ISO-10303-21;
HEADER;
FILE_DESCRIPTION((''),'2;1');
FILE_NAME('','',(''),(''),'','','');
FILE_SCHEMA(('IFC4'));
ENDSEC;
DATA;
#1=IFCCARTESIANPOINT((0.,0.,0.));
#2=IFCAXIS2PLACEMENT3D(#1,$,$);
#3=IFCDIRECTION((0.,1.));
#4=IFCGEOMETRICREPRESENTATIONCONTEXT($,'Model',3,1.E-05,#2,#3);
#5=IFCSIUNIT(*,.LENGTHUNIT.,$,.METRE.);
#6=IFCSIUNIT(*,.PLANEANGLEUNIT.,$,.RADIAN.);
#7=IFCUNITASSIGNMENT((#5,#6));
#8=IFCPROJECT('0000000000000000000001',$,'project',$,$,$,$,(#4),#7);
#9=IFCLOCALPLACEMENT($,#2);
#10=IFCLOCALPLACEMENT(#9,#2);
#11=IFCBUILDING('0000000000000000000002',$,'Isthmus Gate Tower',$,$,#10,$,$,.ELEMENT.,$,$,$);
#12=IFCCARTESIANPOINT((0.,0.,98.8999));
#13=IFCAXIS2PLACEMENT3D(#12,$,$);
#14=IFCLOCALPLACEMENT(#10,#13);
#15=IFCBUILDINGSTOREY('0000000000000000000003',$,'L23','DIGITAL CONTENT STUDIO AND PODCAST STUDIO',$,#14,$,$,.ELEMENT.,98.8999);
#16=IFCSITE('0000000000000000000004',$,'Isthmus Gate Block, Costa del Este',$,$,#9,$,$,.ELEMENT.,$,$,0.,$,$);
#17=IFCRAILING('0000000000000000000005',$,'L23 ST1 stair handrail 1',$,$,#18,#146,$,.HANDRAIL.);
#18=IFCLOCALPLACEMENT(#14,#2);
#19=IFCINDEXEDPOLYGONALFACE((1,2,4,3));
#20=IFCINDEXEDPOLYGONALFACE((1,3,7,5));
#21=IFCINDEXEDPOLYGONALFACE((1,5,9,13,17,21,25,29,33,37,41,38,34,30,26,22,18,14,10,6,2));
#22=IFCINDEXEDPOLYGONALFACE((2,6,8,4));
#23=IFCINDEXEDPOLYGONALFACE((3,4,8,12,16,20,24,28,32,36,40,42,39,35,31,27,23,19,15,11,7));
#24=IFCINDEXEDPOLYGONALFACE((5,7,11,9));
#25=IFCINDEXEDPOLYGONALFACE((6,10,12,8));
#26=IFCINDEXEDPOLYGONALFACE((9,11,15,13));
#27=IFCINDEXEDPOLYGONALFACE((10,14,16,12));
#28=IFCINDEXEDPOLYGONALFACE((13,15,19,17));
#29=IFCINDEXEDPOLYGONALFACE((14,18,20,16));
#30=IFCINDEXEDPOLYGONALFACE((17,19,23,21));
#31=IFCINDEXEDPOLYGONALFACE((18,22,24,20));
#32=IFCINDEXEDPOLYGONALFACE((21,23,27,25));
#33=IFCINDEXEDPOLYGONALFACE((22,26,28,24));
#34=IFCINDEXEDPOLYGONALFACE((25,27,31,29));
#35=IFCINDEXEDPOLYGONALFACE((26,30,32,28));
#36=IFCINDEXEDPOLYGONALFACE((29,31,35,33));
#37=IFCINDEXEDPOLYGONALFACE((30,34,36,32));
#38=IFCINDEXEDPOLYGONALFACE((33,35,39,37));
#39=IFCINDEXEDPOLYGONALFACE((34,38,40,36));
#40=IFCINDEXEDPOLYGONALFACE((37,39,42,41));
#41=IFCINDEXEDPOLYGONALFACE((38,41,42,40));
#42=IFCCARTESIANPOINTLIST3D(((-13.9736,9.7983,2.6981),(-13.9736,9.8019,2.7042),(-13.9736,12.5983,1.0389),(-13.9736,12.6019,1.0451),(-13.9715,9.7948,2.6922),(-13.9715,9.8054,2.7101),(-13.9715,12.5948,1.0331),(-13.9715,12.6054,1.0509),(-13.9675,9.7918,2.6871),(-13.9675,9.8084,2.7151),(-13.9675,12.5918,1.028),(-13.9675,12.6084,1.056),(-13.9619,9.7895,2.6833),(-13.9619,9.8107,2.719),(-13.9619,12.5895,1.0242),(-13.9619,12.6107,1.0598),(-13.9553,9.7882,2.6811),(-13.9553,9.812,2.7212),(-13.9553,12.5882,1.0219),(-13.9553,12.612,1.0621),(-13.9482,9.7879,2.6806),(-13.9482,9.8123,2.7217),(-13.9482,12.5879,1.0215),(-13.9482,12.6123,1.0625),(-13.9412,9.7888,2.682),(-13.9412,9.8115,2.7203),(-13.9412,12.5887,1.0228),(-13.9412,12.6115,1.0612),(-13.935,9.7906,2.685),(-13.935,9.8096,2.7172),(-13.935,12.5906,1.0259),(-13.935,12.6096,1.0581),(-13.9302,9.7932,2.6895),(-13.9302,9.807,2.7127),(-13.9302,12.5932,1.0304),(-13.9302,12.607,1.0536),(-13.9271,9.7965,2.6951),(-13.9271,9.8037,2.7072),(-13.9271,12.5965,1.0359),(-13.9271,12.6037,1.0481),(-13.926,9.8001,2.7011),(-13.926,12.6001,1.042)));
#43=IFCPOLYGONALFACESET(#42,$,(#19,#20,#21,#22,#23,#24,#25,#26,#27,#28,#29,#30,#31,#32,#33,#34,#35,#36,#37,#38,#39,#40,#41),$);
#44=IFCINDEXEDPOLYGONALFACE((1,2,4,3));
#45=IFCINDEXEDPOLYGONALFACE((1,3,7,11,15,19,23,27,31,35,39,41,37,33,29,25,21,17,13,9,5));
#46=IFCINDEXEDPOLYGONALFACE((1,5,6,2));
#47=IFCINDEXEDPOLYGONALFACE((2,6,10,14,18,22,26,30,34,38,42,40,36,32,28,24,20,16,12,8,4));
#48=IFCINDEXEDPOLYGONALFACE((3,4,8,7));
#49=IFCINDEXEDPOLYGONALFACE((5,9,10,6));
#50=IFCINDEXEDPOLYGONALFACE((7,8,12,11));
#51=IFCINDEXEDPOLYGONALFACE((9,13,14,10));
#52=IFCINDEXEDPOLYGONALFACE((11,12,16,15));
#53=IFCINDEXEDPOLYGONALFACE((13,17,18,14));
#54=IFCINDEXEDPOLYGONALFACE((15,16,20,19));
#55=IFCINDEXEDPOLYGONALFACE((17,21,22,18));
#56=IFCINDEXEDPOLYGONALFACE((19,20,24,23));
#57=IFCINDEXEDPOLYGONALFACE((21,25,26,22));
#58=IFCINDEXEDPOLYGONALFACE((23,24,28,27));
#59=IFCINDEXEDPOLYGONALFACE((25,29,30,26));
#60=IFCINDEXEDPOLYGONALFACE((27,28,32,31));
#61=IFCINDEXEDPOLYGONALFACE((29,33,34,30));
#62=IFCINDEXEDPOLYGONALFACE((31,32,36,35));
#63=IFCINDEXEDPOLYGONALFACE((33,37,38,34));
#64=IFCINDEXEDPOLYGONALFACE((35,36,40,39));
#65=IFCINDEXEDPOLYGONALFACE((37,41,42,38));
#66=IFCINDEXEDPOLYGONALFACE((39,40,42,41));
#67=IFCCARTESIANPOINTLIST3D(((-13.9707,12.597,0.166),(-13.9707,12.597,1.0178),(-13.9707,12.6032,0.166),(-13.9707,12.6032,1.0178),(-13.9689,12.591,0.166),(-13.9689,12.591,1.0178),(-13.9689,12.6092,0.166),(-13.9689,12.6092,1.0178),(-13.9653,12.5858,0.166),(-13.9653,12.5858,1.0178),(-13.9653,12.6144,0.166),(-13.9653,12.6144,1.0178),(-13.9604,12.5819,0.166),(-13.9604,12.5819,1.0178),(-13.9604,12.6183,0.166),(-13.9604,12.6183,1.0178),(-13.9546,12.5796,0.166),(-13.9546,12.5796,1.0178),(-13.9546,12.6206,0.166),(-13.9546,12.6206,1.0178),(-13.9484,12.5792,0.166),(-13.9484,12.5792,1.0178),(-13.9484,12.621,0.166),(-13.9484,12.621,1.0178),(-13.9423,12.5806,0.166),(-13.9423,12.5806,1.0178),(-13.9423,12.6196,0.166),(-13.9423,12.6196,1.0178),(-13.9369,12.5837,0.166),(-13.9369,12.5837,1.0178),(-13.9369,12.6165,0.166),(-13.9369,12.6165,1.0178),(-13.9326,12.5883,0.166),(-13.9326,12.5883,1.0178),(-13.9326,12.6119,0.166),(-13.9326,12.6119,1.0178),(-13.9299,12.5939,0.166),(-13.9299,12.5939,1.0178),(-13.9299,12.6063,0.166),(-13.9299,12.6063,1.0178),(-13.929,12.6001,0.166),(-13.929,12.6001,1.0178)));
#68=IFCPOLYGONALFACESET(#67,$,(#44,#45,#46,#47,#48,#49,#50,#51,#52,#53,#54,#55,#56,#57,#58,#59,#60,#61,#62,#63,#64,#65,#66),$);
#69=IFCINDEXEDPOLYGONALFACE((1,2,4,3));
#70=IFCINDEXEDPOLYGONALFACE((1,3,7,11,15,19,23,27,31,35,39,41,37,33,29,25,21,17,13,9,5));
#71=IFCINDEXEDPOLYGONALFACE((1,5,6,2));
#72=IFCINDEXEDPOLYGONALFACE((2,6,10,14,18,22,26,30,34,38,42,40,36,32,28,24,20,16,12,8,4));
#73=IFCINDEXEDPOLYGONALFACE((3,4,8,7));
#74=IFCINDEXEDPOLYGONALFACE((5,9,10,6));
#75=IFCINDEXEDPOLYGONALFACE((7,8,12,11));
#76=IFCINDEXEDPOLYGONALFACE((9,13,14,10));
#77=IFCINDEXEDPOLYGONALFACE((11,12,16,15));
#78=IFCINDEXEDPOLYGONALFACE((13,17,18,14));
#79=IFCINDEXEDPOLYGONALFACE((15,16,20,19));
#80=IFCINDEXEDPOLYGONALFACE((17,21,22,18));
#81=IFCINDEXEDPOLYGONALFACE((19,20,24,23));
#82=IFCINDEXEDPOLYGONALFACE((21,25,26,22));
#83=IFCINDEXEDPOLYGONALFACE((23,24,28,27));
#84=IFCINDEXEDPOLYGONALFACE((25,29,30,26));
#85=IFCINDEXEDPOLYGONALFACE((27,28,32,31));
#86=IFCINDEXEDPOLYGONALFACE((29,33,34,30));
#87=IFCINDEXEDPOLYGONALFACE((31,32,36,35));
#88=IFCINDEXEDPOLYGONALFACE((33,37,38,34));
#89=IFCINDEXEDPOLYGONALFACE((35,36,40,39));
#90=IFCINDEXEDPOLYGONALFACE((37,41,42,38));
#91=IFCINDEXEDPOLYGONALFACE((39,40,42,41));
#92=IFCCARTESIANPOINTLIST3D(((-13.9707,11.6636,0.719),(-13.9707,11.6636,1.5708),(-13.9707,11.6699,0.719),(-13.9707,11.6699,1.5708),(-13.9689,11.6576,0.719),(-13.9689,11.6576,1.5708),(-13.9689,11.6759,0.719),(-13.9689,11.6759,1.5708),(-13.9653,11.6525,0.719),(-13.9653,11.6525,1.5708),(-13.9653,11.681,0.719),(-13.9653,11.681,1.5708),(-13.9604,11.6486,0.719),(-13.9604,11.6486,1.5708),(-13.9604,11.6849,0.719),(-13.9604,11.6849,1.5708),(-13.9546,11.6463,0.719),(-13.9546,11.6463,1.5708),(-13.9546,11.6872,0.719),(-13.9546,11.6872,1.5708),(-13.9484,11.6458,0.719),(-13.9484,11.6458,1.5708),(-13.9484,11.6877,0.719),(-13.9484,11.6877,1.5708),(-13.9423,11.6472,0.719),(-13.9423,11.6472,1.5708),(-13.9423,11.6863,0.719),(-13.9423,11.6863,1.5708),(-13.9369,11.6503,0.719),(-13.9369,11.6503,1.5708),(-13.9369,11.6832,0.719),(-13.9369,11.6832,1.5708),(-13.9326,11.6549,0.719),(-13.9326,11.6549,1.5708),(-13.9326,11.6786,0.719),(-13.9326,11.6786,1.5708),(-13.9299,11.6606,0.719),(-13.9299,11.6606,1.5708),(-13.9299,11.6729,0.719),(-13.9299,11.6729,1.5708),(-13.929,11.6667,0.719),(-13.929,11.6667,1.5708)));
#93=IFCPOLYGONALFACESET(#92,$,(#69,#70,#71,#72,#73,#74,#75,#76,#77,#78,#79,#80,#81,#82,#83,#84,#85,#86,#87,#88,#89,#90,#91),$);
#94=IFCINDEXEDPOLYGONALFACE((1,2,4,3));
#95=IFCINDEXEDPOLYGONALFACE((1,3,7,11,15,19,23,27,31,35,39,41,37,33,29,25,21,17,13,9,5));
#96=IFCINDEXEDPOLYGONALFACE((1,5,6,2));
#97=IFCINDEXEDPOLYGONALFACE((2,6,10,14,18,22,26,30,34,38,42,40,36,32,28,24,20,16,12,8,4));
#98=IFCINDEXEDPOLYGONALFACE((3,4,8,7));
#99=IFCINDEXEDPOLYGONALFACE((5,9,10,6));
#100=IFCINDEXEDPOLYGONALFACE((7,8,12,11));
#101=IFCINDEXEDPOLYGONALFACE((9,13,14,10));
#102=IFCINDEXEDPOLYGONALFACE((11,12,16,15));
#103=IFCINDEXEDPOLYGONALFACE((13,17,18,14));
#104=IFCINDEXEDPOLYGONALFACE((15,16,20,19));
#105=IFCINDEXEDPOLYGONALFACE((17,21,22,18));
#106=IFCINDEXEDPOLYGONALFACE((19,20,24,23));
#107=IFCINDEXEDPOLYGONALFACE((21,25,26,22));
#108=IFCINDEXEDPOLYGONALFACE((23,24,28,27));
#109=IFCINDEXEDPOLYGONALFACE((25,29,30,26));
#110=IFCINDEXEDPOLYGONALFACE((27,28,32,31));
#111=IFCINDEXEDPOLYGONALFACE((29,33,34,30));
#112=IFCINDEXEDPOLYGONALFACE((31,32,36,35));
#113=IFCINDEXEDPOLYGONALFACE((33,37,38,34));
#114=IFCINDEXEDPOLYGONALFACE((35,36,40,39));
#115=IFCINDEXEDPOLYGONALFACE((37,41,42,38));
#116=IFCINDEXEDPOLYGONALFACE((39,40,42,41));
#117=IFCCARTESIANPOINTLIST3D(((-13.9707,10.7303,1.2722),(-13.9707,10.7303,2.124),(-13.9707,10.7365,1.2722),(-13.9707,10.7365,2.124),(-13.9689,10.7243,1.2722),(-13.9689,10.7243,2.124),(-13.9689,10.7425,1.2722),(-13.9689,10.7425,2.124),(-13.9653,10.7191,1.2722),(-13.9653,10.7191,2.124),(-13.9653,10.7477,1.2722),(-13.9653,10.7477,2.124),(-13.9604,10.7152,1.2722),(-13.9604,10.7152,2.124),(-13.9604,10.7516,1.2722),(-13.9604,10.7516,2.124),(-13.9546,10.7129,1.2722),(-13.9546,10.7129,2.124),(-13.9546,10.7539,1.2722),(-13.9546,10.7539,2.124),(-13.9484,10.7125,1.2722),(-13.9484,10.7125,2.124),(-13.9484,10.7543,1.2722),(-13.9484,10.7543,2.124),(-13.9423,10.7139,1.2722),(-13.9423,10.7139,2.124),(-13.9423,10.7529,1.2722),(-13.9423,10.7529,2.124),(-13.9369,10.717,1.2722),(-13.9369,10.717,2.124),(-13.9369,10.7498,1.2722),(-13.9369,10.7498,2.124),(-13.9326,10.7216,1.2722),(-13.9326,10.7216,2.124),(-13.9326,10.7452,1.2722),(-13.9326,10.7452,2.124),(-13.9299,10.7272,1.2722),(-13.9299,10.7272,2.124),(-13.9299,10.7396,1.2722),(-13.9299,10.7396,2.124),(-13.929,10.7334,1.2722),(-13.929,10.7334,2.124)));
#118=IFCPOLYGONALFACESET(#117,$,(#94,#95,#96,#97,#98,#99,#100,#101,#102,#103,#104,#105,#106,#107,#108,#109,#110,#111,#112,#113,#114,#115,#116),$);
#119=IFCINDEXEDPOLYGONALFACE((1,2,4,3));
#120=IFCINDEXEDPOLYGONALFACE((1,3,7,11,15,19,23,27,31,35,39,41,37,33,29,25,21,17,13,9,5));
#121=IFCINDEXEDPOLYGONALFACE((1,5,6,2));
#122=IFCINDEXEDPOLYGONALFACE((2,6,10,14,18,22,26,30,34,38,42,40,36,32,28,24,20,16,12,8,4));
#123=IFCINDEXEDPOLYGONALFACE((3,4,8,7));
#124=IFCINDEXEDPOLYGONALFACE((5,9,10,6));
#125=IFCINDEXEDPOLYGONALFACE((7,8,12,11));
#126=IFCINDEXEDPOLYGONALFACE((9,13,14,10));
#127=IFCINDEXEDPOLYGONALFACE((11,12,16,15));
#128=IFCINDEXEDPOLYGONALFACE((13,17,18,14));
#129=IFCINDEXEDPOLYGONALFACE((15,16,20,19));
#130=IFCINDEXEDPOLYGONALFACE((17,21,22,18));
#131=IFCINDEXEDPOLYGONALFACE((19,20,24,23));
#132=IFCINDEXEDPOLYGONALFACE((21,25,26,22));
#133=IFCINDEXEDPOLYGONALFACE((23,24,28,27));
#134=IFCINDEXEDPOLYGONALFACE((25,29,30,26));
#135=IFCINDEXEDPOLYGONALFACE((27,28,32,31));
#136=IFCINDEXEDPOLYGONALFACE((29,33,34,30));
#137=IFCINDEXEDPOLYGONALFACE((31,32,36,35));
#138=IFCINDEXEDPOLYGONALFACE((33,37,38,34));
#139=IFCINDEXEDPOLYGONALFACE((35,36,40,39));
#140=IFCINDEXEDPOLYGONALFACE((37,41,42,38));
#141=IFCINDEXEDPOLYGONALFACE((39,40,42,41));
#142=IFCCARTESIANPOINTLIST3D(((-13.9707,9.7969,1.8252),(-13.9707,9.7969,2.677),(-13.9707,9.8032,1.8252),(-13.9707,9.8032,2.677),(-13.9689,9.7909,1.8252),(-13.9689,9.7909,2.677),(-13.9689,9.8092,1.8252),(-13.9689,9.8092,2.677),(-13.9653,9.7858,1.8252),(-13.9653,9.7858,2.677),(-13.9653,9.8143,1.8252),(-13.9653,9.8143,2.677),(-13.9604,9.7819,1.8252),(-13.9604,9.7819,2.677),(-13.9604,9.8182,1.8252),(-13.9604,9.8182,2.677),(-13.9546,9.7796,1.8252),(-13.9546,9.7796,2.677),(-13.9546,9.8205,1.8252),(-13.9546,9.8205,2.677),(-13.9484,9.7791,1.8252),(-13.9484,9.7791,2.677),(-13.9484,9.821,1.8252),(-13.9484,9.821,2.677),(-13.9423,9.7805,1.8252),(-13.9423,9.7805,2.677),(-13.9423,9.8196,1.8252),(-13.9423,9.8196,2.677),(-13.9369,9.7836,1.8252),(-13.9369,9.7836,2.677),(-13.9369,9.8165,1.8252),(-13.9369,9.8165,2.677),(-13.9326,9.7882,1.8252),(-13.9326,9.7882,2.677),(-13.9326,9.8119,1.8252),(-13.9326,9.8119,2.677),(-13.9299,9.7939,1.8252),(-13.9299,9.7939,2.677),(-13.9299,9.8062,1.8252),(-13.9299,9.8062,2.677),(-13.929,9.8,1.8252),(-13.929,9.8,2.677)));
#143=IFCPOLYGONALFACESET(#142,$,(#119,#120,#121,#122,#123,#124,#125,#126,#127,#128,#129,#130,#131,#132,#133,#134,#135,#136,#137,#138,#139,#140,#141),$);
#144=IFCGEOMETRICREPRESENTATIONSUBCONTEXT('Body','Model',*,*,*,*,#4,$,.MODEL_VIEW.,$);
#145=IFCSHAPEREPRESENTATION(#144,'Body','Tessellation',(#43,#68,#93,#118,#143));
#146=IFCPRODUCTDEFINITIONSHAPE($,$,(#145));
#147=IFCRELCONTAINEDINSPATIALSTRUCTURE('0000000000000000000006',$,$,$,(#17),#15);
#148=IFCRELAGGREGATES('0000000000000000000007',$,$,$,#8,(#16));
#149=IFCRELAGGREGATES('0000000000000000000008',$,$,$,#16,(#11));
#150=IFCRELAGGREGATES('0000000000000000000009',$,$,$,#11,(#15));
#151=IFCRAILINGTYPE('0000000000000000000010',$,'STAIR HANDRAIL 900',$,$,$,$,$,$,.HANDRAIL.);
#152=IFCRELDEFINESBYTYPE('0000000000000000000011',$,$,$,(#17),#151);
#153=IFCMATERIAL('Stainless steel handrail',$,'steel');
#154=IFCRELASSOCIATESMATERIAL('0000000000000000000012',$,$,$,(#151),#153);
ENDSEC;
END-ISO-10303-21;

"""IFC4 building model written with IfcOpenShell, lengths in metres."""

from ifc_helpers import new_model, si_unit, direction, frame, origin, origin_2d, place, context, subcontext, project, spatial, circle, extrude, material, type_object, element, save


model = new_model("IFC4")

# Units and contexts
model_context = context("Model", 3, precision=1e-05, world=origin(), true_north=direction((0.0, 1.0)))
body_context = subcontext(model_context, "Body", "Model", "MODEL_VIEW")
ifc_project = project(units=[si_unit("LENGTHUNIT", "METRE"), si_unit("PLANEANGLEUNIT", "RADIAN")], contexts=[model_context])

# Site, building, storey
site_placement = place(None, origin())
site = spatial("IfcSite", under=ifc_project, at=site_placement, Name="Isthmus Gate Block, Costa del Este", CompositionType="ELEMENT", RefElevation=0.0)
building_placement = place(site_placement, origin())
building = spatial("IfcBuilding", under=site, at=building_placement, Name="Isthmus Gate Tower", CompositionType="ELEMENT")
storey_placement = place(building_placement, frame((0.0, 0.0, 98.8999)))
storey = spatial("IfcBuildingStorey", under=building, at=storey_placement, Name="L23", Description="DIGITAL CONTENT STUDIO AND PODCAST STUDIO", CompositionType="ELEMENT", Elevation=98.8999)

# Railing
ifc_material_1 = material(Name="Stainless steel handrail", Category="steel")
railing_type_1 = type_object("IfcRailingType", Name="STAIR HANDRAIL 900", PredefinedType="HANDRAIL", material=ifc_material_1)
railing_placement = place(storey_placement, frame((-13.95, 12.6001, 0.166)))
element("IfcRailing", 1, at=railing_placement, inside=storey, type_object=railing_type_1, Name="L23 ST1 stair handrail 1", PredefinedType="HANDRAIL", context=body_context, shape_type="SweptSolid", body=[
    extrude(circle(Radius=0.0239, at=origin_2d()), frame((0.0, 0.0, 0.876), z_axis=(0.0, -0.860306, 0.509778), x_axis=(1.0, 0.0, 0.0)), (0.0, 0.0, 1.0), 3.2546),
    extrude(circle(Radius=0.021, at=origin_2d()), origin(), (0.0, 0.0, 1.0), 0.8518),
    extrude(circle(Radius=0.021, at=origin_2d()), frame((0.0, -0.9333, 0.553)), (0.0, 0.0, 1.0), 0.8518),
    extrude(circle(Radius=0.021, at=origin_2d()), frame((0.0, -1.8667, 1.1062)), (0.0, 0.0, 1.0), 0.8518),
    extrude(circle(Radius=0.021, at=origin_2d()), frame((0.0, -2.8, 1.6592)), (0.0, 0.0, 1.0), 0.8518),
])

save(model, "model.ifc")
